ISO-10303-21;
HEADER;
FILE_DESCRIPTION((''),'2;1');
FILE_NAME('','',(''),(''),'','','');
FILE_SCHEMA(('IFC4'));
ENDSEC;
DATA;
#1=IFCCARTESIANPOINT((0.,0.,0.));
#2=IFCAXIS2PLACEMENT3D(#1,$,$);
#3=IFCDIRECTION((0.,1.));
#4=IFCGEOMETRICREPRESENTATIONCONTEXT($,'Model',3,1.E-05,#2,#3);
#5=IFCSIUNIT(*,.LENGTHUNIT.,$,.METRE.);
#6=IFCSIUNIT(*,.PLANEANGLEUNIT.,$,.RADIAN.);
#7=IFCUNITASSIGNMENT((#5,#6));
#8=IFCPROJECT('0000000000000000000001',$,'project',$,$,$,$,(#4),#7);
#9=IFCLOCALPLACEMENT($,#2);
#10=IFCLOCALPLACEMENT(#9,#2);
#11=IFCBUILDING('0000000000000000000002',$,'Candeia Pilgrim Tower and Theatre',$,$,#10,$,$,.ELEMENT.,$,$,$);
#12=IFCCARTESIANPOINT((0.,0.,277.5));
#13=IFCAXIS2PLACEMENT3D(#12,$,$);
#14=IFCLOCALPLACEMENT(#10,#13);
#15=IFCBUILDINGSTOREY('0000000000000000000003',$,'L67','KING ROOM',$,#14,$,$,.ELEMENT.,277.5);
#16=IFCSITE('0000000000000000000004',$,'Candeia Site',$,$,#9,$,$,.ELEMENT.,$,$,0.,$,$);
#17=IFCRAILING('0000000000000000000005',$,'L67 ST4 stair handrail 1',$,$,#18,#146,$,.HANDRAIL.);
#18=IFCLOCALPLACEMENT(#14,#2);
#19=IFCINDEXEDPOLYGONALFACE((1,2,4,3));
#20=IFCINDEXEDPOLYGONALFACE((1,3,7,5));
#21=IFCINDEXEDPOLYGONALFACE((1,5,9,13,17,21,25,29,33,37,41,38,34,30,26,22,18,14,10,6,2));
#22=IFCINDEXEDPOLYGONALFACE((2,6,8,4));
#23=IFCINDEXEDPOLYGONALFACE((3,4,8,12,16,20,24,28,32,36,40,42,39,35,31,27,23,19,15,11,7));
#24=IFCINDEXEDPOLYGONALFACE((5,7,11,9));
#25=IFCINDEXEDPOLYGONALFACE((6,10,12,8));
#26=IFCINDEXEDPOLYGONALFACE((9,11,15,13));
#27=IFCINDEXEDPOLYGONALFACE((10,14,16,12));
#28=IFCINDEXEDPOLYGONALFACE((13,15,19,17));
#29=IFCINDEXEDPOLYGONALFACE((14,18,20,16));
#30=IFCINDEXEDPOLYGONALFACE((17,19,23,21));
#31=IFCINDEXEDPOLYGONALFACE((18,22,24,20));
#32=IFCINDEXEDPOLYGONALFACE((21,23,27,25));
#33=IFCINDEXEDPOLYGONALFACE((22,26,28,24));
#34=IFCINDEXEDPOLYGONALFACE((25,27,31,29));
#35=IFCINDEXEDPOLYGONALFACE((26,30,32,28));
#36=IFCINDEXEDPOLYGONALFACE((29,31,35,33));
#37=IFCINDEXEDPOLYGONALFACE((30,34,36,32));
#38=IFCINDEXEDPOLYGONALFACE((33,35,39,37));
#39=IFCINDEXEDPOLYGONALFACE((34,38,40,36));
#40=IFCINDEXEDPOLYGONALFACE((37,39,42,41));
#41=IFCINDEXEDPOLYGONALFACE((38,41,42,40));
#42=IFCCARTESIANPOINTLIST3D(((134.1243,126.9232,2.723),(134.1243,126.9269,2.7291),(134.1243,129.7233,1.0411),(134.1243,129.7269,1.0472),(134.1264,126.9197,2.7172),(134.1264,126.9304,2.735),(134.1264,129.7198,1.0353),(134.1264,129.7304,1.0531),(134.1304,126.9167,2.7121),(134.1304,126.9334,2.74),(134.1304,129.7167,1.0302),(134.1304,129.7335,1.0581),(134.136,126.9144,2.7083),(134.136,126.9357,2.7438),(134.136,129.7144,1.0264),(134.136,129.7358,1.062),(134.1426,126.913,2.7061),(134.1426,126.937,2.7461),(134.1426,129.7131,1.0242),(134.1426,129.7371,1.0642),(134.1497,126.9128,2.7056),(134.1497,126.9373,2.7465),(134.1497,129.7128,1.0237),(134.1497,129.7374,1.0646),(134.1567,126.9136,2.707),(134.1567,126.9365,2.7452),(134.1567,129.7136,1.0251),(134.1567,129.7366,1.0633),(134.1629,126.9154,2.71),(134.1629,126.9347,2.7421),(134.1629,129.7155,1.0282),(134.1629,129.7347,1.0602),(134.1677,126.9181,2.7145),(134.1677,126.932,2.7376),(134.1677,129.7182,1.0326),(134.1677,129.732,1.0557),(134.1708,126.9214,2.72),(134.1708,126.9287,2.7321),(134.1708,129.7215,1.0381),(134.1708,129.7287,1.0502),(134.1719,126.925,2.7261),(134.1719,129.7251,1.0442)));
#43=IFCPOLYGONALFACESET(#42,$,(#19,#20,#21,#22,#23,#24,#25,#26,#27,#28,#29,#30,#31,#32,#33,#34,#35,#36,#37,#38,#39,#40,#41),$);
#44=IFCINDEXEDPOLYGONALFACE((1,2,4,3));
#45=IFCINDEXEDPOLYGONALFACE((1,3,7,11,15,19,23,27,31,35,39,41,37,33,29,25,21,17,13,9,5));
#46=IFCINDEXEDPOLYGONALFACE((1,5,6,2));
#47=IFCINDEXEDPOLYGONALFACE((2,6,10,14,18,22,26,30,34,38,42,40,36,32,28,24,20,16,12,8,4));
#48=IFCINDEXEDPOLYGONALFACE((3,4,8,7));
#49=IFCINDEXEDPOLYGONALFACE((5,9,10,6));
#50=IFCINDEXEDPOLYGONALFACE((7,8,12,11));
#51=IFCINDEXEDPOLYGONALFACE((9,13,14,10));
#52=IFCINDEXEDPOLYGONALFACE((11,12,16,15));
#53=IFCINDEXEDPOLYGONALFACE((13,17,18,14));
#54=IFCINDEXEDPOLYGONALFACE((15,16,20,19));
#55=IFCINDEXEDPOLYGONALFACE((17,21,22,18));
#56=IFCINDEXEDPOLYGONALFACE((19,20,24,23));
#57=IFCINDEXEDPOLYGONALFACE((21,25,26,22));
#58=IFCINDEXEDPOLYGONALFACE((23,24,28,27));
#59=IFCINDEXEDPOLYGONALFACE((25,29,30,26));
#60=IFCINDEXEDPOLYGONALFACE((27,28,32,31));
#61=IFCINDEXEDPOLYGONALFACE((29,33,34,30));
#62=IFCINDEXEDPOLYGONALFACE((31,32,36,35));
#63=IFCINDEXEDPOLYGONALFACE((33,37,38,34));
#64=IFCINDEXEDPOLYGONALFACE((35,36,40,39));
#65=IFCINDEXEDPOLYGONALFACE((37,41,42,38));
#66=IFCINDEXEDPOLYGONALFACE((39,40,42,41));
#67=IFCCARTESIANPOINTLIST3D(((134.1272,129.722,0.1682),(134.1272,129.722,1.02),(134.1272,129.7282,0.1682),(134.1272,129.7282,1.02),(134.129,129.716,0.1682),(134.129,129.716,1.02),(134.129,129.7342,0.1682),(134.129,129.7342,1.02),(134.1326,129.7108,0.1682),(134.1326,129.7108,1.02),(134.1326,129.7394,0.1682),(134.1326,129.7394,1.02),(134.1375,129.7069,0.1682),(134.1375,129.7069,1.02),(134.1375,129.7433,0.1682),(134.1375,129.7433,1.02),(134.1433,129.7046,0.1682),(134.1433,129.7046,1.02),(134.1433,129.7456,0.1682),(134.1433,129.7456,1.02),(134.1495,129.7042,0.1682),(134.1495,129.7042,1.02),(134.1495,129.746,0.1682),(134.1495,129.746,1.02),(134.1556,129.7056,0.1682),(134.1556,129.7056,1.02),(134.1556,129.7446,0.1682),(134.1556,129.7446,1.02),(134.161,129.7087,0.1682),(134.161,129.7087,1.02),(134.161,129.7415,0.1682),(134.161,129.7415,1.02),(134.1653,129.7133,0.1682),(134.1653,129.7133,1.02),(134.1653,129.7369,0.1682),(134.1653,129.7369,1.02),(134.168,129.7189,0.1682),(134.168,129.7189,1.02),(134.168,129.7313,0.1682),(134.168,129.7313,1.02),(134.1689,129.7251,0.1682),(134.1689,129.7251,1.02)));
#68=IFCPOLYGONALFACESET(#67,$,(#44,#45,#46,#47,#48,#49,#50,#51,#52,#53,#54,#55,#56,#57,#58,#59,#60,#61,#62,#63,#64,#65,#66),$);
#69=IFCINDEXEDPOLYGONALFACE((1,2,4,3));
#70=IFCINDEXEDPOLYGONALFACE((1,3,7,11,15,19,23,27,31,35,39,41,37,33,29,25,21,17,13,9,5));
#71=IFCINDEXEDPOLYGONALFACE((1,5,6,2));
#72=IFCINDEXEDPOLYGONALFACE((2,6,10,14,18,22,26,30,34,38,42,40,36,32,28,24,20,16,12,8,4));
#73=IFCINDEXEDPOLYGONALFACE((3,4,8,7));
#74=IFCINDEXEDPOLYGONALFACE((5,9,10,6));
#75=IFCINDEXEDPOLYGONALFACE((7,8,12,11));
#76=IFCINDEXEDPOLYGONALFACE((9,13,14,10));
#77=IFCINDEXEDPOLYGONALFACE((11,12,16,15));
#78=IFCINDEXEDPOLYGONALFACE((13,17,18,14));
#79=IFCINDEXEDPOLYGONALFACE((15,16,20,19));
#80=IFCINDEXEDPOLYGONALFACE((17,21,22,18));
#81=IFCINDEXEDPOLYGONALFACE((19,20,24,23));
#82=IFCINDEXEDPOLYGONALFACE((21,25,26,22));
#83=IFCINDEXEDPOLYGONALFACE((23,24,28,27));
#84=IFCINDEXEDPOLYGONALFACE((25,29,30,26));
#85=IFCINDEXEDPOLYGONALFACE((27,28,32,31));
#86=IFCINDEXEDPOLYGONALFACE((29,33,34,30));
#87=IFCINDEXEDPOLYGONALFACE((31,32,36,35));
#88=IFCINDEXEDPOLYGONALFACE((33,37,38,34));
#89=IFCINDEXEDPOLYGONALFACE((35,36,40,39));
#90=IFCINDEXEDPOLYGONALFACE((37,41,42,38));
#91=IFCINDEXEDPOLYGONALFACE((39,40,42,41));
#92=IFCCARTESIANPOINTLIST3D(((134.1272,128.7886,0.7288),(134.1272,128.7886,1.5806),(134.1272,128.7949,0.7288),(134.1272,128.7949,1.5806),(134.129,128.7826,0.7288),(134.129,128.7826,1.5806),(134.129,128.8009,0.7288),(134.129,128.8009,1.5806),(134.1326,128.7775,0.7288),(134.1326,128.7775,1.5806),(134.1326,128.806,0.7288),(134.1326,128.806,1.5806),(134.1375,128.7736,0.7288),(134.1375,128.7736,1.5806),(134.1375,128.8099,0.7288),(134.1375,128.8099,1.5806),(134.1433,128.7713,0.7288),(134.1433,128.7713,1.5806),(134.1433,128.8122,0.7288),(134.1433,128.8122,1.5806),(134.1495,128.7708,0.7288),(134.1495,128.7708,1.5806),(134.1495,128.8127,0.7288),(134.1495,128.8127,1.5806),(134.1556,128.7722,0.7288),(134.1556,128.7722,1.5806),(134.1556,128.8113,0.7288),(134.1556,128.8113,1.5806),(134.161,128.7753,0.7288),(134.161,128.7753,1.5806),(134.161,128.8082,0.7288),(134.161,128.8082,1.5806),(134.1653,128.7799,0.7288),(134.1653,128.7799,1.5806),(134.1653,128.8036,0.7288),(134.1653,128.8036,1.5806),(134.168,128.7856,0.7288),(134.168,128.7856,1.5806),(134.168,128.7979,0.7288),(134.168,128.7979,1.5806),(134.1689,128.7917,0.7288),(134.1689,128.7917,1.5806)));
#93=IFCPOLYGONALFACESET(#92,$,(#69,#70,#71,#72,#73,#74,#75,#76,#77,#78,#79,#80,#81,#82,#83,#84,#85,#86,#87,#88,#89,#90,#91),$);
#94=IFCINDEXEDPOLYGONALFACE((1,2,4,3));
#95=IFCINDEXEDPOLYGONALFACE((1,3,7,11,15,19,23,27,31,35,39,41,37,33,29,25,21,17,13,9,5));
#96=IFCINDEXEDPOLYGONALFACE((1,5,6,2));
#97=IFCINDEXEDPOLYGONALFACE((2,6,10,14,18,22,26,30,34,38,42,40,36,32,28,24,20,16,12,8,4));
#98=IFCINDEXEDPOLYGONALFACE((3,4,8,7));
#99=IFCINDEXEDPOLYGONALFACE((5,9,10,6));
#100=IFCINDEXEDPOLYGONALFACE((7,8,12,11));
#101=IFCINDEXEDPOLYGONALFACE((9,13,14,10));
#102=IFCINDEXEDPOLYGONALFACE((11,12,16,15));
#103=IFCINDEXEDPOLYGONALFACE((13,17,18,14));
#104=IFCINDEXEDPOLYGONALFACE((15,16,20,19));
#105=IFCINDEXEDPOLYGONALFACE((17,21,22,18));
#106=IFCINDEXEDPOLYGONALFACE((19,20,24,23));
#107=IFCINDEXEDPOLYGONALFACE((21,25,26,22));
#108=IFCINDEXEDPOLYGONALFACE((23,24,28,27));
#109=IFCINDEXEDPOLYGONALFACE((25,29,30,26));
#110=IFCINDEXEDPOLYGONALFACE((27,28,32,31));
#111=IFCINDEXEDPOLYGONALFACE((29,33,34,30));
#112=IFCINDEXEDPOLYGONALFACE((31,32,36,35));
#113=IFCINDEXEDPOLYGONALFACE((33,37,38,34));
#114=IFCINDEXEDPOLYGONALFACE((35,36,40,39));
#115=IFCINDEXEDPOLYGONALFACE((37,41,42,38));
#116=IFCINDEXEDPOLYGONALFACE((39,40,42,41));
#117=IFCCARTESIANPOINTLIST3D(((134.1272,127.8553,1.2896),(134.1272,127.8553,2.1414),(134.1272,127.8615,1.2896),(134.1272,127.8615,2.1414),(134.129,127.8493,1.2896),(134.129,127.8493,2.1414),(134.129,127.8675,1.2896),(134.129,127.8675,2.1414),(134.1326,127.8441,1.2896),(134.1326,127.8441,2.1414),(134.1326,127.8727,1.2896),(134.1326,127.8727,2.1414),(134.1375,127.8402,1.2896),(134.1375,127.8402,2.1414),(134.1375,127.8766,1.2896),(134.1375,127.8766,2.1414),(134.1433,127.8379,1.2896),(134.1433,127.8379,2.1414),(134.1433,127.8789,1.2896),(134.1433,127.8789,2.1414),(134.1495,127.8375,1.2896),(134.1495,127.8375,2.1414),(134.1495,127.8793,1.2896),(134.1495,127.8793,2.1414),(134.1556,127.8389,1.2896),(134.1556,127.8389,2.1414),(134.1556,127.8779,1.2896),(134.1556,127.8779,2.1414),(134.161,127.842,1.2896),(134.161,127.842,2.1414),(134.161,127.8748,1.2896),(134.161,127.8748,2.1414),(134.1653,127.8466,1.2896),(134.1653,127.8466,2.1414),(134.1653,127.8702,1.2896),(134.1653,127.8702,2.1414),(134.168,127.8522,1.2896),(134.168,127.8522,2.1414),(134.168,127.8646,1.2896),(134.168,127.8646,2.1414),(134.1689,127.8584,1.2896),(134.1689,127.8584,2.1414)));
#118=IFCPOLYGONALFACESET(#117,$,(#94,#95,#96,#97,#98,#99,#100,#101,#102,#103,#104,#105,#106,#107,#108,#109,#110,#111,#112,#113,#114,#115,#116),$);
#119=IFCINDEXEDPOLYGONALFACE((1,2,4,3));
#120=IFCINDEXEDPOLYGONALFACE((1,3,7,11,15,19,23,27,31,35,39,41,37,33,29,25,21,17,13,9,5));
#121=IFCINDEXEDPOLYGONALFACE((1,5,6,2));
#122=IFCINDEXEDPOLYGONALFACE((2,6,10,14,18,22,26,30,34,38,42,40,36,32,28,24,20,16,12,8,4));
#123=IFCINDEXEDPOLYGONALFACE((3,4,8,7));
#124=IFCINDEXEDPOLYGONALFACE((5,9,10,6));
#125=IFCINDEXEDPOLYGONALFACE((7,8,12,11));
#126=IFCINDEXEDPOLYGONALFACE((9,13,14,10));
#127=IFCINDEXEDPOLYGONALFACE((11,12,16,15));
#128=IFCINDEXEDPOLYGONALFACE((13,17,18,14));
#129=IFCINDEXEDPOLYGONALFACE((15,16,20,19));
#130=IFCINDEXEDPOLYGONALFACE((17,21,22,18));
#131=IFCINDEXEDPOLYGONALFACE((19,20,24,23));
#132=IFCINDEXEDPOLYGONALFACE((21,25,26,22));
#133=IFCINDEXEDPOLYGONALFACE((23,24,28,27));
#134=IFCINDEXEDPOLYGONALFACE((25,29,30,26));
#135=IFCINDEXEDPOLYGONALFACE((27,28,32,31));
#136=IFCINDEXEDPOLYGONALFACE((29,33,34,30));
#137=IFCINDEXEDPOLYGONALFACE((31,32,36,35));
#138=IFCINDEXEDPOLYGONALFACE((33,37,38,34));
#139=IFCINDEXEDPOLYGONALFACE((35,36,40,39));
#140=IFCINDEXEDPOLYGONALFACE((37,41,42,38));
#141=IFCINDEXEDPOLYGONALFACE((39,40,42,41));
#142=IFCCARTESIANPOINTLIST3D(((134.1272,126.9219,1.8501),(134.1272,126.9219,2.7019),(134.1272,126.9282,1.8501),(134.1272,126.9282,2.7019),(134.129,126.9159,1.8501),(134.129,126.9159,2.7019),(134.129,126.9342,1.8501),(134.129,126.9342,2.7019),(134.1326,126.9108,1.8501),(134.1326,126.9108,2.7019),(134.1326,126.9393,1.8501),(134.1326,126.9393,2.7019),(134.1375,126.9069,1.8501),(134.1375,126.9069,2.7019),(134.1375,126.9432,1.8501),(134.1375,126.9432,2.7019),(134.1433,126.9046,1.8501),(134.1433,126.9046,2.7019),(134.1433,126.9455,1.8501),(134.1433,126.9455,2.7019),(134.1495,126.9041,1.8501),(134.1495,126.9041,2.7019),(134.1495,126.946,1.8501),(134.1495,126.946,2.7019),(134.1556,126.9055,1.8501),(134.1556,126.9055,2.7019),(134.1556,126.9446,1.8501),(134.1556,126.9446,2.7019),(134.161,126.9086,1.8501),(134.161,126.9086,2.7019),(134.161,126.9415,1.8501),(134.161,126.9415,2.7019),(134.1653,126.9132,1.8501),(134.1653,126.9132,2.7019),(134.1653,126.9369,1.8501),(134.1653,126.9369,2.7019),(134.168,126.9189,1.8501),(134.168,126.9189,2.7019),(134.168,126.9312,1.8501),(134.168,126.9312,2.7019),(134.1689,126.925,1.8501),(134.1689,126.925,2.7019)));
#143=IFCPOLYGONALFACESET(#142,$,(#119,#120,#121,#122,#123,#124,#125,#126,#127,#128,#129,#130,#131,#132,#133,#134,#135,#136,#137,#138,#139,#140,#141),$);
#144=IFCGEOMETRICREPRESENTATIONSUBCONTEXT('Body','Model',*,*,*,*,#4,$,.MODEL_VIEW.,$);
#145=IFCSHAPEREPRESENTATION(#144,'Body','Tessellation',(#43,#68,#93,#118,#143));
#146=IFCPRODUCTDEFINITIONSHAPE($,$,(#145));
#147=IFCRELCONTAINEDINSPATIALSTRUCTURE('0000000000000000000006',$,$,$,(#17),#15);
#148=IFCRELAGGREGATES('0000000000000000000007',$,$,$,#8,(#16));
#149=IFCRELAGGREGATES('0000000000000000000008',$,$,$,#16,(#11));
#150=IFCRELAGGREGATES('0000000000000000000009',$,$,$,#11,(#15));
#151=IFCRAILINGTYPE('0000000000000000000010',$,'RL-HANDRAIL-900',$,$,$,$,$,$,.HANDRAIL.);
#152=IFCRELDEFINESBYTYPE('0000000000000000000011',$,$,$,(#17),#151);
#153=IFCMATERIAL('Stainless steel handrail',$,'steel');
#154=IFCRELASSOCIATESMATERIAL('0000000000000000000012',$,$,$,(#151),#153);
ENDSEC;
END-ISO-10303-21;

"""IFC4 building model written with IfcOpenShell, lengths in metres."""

from ifc_helpers import new_model, si_unit, direction, frame, origin, origin_2d, place, context, subcontext, project, spatial, circle, extrude, material, type_object, element, save


model = new_model("IFC4")

# Units and contexts
model_context = context("Model", 3, precision=1e-05, world=origin(), true_north=direction((0.0, 1.0)))
body_context = subcontext(model_context, "Body", "Model", "MODEL_VIEW")
ifc_project = project(units=[si_unit("LENGTHUNIT", "METRE"), si_unit("PLANEANGLEUNIT", "RADIAN")], contexts=[model_context])

# Site, building, storey
site_placement = place(None, origin())
site = spatial("IfcSite", under=ifc_project, at=site_placement, Name="Candeia Site", CompositionType="ELEMENT", RefElevation=0.0)
building_placement = place(site_placement, origin())
building = spatial("IfcBuilding", under=site, at=building_placement, Name="Candeia Pilgrim Tower and Theatre", CompositionType="ELEMENT")
storey_placement = place(building_placement, frame((0.0, 0.0, 277.5)))
storey = spatial("IfcBuildingStorey", under=building, at=storey_placement, Name="L67", Description="KING ROOM", CompositionType="ELEMENT", Elevation=277.5)

# Railing
ifc_material_1 = material(Name="Stainless steel handrail", Category="steel")
railing_type_1 = type_object("IfcRailingType", Name="RL-HANDRAIL-900", PredefinedType="HANDRAIL", material=ifc_material_1)
railing_1_placement = place(storey_placement, frame((134.1479, 129.7251, 0.1682)))
element("IfcRailing", 1, at=railing_1_placement, inside=storey, type_object=railing_type_1, Name="L67 ST4 stair handrail 1", PredefinedType="HANDRAIL", context=body_context, shape_type="SweptSolid", body=[
    extrude(circle(Radius=0.0239, at=origin_2d()), frame((0.0, 0.0, 0.876), z_axis=(0.0, -0.857242, 0.514913), x_axis=(1.0, 0.0, 0.0)), (0.0, 0.0, 1.0), 3.2664),
    extrude(circle(Radius=0.021, at=origin_2d()), origin(), (0.0, 0.0, 1.0), 0.8518),
    extrude(circle(Radius=0.021, at=origin_2d()), frame((0.0, -0.9333, 0.5605)), (0.0, 0.0, 1.0), 0.8518),
    extrude(circle(Radius=0.021, at=origin_2d()), frame((0.0, -1.8667, 1.1213)), (0.0, 0.0, 1.0), 0.8518),
    extrude(circle(Radius=0.021, at=origin_2d()), frame((0.0, -2.8, 1.6819)), (0.0, 0.0, 1.0), 0.8518),
])

save(model, "model.ifc")
